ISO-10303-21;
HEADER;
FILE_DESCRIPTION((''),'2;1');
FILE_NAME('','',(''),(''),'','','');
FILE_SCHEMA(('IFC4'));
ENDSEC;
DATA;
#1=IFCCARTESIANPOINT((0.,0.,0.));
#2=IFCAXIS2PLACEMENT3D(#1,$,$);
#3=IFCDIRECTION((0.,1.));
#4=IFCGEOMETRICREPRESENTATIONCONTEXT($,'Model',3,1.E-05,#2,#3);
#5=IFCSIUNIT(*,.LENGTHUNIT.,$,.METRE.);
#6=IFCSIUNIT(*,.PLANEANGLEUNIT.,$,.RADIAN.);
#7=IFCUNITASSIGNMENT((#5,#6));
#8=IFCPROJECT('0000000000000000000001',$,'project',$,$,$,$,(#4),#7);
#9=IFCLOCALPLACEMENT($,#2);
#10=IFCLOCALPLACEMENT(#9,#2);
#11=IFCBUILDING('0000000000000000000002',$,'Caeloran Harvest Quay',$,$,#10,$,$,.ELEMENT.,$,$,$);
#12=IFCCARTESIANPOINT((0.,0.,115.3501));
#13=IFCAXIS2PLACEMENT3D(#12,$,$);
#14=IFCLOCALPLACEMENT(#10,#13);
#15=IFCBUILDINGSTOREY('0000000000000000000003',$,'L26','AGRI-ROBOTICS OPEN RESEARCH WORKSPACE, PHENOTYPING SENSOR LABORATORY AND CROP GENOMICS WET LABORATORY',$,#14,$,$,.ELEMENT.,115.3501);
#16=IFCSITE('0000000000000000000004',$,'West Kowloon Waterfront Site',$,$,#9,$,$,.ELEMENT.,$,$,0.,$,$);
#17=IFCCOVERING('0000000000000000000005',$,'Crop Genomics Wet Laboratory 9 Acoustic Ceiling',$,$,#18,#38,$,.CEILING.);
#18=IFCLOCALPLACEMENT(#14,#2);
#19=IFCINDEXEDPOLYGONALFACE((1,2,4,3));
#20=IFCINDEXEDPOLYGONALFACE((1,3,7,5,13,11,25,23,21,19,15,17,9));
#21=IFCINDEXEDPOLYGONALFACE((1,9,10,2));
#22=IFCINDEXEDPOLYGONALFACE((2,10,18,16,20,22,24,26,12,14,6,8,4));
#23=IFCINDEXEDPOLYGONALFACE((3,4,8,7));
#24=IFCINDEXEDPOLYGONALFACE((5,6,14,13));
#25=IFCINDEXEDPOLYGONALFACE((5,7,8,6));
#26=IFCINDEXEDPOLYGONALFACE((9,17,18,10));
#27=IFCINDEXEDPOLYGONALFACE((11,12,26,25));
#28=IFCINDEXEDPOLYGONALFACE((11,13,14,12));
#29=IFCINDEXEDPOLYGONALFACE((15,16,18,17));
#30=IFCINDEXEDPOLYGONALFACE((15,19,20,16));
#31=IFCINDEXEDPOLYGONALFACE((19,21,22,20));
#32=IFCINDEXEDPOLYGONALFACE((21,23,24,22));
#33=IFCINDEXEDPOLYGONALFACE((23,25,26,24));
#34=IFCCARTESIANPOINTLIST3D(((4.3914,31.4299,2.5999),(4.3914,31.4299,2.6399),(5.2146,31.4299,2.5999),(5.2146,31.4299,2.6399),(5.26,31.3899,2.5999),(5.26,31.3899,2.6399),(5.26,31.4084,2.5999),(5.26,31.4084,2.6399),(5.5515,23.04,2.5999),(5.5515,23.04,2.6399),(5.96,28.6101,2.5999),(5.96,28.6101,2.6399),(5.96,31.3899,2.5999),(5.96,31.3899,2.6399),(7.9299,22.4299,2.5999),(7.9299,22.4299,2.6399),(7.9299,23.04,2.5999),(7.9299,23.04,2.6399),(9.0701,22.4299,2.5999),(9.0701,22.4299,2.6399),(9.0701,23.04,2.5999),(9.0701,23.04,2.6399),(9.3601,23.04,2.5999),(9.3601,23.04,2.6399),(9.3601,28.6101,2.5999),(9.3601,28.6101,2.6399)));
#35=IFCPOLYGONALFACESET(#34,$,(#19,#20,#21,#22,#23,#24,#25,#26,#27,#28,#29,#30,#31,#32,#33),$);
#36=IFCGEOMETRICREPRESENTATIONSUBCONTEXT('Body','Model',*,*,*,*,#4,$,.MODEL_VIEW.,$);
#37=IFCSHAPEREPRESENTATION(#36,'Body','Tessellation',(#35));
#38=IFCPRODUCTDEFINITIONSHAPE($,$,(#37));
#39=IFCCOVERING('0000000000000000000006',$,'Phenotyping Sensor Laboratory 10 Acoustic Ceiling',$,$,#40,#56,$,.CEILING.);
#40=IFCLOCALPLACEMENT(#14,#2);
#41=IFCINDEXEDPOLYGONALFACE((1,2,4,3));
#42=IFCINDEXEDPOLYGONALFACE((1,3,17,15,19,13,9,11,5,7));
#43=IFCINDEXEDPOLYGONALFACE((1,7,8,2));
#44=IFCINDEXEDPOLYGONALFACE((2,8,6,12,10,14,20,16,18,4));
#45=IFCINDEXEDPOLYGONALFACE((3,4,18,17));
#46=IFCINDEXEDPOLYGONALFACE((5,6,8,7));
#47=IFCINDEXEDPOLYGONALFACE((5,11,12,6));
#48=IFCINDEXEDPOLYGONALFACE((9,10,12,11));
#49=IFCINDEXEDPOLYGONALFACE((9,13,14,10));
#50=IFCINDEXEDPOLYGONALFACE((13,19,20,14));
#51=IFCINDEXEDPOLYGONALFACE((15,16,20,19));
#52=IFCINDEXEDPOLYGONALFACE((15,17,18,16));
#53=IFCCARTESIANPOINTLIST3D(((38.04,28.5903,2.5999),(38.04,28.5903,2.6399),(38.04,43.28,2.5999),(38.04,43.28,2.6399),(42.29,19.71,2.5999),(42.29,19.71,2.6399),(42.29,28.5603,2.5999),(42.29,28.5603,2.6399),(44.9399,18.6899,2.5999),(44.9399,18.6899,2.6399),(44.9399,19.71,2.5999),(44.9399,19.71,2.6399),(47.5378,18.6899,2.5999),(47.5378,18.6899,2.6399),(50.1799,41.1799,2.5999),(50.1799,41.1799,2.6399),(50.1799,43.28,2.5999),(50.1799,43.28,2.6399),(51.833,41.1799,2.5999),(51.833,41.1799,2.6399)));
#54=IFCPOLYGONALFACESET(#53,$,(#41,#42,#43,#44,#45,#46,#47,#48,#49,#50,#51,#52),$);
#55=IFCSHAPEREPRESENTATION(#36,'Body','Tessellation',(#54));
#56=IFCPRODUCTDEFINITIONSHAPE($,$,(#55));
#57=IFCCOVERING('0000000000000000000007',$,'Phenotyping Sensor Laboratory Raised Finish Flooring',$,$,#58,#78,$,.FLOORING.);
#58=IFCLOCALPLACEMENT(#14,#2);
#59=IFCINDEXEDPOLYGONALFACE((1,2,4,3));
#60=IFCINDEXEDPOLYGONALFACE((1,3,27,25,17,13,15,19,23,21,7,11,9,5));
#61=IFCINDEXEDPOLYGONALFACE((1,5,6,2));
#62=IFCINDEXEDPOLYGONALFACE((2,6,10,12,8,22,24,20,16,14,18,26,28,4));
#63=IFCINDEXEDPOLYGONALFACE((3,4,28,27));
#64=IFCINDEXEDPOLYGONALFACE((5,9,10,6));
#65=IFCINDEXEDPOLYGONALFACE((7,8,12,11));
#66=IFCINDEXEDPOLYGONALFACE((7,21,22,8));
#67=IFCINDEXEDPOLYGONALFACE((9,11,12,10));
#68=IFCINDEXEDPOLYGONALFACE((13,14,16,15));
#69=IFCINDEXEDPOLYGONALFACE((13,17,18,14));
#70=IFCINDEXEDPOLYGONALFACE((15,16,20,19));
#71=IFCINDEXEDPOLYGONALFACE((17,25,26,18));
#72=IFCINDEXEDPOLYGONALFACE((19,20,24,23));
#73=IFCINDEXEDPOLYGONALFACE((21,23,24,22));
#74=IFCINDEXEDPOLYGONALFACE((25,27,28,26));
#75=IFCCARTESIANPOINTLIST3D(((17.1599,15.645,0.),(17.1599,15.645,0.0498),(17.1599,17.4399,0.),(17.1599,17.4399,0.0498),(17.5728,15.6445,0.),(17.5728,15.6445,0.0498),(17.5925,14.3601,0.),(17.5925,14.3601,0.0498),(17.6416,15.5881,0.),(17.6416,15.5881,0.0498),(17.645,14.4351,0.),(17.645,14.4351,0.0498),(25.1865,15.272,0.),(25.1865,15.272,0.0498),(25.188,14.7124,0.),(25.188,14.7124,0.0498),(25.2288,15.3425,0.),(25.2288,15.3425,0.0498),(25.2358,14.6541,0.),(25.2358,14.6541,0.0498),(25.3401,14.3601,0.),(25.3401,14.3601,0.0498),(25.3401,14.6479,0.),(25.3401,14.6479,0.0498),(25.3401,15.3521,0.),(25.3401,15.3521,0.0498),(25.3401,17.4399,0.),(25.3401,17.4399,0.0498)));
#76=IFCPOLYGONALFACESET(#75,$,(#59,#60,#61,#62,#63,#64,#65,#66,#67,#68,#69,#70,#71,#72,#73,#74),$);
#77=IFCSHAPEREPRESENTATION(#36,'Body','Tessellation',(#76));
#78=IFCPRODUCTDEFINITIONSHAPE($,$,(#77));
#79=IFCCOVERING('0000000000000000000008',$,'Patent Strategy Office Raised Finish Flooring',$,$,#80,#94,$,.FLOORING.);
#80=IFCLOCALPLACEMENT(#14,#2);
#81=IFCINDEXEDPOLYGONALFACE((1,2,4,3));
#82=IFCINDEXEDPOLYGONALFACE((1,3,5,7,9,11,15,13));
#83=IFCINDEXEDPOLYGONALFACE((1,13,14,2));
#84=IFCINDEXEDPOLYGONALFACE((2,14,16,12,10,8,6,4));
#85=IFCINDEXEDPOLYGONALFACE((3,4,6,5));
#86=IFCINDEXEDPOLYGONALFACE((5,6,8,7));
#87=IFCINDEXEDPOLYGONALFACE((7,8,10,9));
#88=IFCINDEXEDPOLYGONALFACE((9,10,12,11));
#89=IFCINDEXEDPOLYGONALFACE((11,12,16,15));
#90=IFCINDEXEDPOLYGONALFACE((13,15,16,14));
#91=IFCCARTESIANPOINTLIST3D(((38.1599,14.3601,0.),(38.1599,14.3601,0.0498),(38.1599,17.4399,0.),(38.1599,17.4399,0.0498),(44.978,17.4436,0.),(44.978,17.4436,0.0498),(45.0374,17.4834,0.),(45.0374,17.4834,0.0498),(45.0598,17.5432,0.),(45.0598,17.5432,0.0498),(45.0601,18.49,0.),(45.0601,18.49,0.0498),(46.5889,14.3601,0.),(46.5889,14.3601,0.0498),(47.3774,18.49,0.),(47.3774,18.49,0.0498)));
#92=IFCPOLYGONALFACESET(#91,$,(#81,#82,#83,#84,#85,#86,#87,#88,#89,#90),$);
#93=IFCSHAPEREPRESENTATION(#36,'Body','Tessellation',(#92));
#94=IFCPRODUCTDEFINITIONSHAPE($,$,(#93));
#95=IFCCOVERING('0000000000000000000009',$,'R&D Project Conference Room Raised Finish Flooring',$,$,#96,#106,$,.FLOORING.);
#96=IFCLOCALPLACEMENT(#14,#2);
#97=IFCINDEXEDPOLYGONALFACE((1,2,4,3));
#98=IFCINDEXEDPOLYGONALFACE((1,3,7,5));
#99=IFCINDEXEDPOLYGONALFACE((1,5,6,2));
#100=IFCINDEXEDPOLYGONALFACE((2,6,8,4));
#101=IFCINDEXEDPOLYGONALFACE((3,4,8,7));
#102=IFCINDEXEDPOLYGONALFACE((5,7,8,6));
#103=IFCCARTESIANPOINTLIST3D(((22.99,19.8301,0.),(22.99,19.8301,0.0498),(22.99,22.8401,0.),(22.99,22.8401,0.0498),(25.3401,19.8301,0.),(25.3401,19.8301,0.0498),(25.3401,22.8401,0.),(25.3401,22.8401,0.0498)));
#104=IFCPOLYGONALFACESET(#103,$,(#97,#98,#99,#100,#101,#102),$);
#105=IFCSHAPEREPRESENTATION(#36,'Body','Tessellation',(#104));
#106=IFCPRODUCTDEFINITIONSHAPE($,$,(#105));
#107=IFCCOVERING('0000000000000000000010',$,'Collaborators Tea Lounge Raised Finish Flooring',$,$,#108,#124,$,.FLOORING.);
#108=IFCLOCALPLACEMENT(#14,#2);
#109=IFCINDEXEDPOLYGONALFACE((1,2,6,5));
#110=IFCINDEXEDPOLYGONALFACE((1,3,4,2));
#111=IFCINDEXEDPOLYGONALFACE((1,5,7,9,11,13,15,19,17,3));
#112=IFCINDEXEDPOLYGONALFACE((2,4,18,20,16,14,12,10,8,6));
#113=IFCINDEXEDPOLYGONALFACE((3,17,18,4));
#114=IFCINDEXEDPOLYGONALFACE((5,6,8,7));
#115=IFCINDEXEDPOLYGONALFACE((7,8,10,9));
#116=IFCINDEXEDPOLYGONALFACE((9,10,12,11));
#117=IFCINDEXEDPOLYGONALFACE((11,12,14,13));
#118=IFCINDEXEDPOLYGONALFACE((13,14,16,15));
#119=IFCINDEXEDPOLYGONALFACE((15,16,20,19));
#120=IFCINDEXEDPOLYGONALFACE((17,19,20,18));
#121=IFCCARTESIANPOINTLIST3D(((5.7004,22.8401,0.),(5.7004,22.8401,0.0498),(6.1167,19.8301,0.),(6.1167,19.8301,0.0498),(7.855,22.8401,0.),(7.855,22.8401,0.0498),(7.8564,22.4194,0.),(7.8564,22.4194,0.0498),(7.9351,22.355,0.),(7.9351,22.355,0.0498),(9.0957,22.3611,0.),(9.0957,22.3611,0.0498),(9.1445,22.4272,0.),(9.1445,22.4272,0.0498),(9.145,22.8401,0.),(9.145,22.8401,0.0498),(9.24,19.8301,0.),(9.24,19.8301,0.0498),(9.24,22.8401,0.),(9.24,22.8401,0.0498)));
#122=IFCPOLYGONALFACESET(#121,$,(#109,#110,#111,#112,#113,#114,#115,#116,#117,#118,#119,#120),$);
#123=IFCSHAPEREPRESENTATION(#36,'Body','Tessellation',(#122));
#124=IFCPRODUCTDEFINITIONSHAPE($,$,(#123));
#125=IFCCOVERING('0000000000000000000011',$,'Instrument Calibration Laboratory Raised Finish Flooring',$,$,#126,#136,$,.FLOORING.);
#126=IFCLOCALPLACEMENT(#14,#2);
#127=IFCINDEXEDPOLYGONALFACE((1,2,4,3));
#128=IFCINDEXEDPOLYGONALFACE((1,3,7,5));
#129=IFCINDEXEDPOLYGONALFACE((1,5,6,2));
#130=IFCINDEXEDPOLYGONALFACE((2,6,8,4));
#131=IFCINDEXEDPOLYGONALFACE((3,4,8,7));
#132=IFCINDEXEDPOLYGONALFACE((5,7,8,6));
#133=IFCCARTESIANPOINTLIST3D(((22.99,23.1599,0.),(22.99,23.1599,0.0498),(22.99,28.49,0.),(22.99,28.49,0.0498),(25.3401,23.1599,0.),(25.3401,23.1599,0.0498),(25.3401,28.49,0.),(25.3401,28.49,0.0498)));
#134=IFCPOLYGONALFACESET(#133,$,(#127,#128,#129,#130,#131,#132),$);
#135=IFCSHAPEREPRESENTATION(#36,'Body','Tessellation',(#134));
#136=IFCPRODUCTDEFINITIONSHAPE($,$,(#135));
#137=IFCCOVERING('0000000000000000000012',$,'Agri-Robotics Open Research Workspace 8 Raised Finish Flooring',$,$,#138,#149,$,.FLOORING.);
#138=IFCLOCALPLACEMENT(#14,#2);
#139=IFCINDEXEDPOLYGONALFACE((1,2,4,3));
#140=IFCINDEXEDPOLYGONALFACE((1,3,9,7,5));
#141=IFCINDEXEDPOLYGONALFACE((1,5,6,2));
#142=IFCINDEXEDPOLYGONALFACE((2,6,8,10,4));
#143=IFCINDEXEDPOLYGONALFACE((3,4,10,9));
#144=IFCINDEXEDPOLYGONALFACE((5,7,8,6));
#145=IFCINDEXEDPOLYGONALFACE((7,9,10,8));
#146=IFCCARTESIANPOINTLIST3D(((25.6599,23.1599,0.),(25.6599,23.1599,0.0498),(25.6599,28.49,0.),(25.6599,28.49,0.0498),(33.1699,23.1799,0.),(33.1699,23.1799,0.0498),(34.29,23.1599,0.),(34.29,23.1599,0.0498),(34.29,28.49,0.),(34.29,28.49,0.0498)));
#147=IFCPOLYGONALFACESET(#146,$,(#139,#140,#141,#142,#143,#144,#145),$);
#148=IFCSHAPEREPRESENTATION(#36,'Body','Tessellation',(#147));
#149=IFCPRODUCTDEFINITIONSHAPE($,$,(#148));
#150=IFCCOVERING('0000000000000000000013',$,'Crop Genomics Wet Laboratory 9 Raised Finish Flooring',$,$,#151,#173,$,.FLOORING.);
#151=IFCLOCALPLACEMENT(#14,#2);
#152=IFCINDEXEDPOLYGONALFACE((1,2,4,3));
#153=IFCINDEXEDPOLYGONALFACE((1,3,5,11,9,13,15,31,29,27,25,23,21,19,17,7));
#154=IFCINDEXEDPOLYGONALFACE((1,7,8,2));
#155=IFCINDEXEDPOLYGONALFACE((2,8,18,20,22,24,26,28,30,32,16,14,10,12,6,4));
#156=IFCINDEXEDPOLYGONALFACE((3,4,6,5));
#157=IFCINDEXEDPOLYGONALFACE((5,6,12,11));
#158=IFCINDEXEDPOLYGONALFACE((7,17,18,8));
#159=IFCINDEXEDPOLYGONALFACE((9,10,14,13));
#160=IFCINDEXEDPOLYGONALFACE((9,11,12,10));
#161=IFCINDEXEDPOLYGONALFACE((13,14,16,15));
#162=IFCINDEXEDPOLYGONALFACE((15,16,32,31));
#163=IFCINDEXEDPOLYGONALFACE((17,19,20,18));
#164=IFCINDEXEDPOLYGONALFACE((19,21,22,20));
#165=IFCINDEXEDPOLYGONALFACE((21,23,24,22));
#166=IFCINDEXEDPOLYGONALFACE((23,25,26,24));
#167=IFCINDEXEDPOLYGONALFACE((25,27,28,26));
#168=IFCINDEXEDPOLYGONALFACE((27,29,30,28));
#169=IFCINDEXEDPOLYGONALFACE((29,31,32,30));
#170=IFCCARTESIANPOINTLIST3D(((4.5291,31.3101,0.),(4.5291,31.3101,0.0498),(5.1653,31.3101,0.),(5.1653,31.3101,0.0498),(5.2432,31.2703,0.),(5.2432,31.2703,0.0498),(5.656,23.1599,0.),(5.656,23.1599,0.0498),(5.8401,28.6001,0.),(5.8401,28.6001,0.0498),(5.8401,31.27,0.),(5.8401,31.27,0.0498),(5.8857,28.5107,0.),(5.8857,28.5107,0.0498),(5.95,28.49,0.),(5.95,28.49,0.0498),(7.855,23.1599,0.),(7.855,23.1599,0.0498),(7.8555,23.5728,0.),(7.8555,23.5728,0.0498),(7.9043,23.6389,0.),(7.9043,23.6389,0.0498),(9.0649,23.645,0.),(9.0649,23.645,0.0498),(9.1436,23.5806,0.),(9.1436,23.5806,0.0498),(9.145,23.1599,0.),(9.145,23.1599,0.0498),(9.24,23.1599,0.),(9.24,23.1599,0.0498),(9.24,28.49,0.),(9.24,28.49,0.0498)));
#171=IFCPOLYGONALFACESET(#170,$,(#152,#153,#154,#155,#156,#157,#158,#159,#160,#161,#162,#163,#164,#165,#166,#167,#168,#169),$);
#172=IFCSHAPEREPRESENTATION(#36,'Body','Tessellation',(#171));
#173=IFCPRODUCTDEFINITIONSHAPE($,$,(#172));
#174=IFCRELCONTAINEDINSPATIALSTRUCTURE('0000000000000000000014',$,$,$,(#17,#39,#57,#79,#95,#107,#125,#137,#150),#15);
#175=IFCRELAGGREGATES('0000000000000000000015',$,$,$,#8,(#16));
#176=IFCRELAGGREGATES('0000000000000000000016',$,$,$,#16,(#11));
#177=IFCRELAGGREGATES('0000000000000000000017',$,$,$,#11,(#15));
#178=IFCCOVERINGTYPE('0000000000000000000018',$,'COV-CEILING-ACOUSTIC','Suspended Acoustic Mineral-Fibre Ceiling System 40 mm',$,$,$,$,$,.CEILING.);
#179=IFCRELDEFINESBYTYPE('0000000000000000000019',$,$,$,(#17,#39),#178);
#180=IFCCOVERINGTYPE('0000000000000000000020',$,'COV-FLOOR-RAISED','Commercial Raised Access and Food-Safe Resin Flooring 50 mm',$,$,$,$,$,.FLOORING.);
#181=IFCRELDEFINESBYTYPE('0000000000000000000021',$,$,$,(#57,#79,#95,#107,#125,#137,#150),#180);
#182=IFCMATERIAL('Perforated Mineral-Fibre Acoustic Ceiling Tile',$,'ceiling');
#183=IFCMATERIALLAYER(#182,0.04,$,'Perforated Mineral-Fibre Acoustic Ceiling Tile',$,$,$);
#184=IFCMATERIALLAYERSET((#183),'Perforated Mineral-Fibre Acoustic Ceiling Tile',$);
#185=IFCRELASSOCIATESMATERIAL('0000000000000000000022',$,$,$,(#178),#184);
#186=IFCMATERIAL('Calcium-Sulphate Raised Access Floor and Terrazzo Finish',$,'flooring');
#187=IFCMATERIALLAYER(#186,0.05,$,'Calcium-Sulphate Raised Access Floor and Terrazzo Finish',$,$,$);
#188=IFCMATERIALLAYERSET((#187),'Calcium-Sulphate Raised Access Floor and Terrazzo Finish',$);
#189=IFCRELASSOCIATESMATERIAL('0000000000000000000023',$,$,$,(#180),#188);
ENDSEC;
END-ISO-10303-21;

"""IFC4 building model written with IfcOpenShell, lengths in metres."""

from ifc_helpers import new_model, si_unit, direction, frame, origin, place, context, subcontext, project, spatial, polyline, outline, extrude, material, layer, layer_set, type_object, element, save


model = new_model("IFC4")

# Units and contexts
model_context = context("Model", 3, precision=1e-05, world=origin(), true_north=direction((0.0, 1.0)))
body_context = subcontext(model_context, "Body", "Model", "MODEL_VIEW")
ifc_project = project(units=[si_unit("LENGTHUNIT", "METRE"), si_unit("PLANEANGLEUNIT", "RADIAN")], contexts=[model_context])

# Site, building, storey
site_placement = place(None, origin())
site = spatial("IfcSite", under=ifc_project, at=site_placement, Name="West Kowloon Waterfront Site", CompositionType="ELEMENT", RefElevation=0.0)
building_placement = place(site_placement, origin())
building = spatial("IfcBuilding", under=site, at=building_placement, Name="Caeloran Harvest Quay", CompositionType="ELEMENT")
storey_placement = place(building_placement, frame((0.0, 0.0, 115.3501)))
storey = spatial("IfcBuildingStorey", under=building, at=storey_placement, Name="L26", Description="AGRI-ROBOTICS OPEN RESEARCH WORKSPACE, PHENOTYPING SENSOR LABORATORY AND CROP GENOMICS WET LABORATORY", CompositionType="ELEMENT", Elevation=115.3501)

# Coverings
ifc_material_1 = material(Name="Perforated Mineral-Fibre Acoustic Ceiling Tile", Category="ceiling")
ifc_layer_1 = layer(ifc_material_1, 0.04, Name="Perforated Mineral-Fibre Acoustic Ceiling Tile")
ifc_layer_set_1 = layer_set([ifc_layer_1], Name="Perforated Mineral-Fibre Acoustic Ceiling Tile")
covering_type_1 = type_object("IfcCoveringType", Name="COV-CEILING-ACOUSTIC", Description="Suspended Acoustic Mineral-Fibre Ceiling System 40 mm", PredefinedType="CEILING", material=ifc_layer_set_1)
covering_1_placement = place(storey_placement, frame((0.0, 0.0, 2.5999)))
element("IfcCovering", 1, at=covering_1_placement, inside=storey, type_object=covering_type_1, Name="Crop Genomics Wet Laboratory 9 Acoustic Ceiling", PredefinedType="CEILING", context=body_context, shape_type="SweptSolid", body=[
    extrude(outline(polyline([(9.0701, 22.4299), (7.9299, 22.4299), (7.9299, 23.04), (5.5515, 23.04), (4.3914, 31.4299), (5.2146, 31.4299), (5.26, 31.4084), (5.26, 31.3899), (5.96, 31.3899), (5.96, 28.6101), (9.3601, 28.6101), (9.3601, 23.04), (9.0701, 23.04), (9.0701, 22.4299)])), origin(), (0.0, 0.0, 1.0), 0.04),
])
covering_2_placement = place(storey_placement, frame((0.0, 0.0, 2.5999)))
element("IfcCovering", 2, at=covering_2_placement, inside=storey, type_object=covering_type_1, Name="Phenotyping Sensor Laboratory 10 Acoustic Ceiling", PredefinedType="CEILING", context=body_context, shape_type="SweptSolid", body=[
    extrude(outline(polyline([(50.1799, 41.1799), (51.833, 41.1799), (47.5378, 18.6899), (44.9399, 18.6899), (44.9399, 19.71), (42.29, 19.71), (42.29, 28.5603), (38.04, 28.5903), (38.04, 43.28), (50.1799, 43.28), (50.1799, 41.1799)])), origin(), (0.0, 0.0, 1.0), 0.04),
])
ifc_material_2 = material(Name="Calcium-Sulphate Raised Access Floor and Terrazzo Finish", Category="flooring")
ifc_layer_2 = layer(ifc_material_2, 0.05, Name="Calcium-Sulphate Raised Access Floor and Terrazzo Finish")
ifc_layer_set_2 = layer_set([ifc_layer_2], Name="Calcium-Sulphate Raised Access Floor and Terrazzo Finish")
covering_type_2 = type_object("IfcCoveringType", Name="COV-FLOOR-RAISED", Description="Commercial Raised Access and Food-Safe Resin Flooring 50 mm", PredefinedType="FLOORING", material=ifc_layer_set_2)
covering_3_placement = place(storey_placement, origin())
element("IfcCovering", 3, at=covering_3_placement, inside=storey, type_object=covering_type_2, Name="Phenotyping Sensor Laboratory Raised Finish Flooring", PredefinedType="FLOORING", context=body_context, shape_type="SweptSolid", body=[
    extrude(outline(polyline([(17.5925, 14.3601), (17.645, 14.4351), (17.6416, 15.5881), (17.5728, 15.6445), (17.1599, 15.645), (17.1599, 17.4399), (25.3401, 17.4399), (25.3401, 15.3521), (25.2288, 15.3425), (25.1865, 15.272), (25.188, 14.7124), (25.2358, 14.6541), (25.3401, 14.6479), (25.3401, 14.3601), (17.5925, 14.3601)])), origin(), (0.0, 0.0, 1.0), 0.0498),
])
covering_4_placement = place(storey_placement, origin())
element("IfcCovering", 4, at=covering_4_placement, inside=storey, type_object=covering_type_2, Name="Patent Strategy Office Raised Finish Flooring", PredefinedType="FLOORING", context=body_context, shape_type="SweptSolid", body=[
    extrude(outline(polyline([(44.978, 17.4436), (45.0374, 17.4834), (45.0598, 17.5432), (45.0601, 18.49), (47.3774, 18.49), (46.5889, 14.3601), (38.1599, 14.3601), (38.1599, 17.4399), (44.978, 17.4436)])), origin(), (0.0, 0.0, 1.0), 0.0498),
])
covering_5_placement = place(storey_placement, origin())
element("IfcCovering", 5, at=covering_5_placement, inside=storey, type_object=covering_type_2, Name="R&D Project Conference Room Raised Finish Flooring", PredefinedType="FLOORING", context=body_context, shape_type="SweptSolid", body=[
    extrude(outline(polyline([(25.3401, 19.8301), (22.99, 19.8301), (22.99, 22.8401), (25.3401, 22.8401), (25.3401, 19.8301)])), origin(), (0.0, 0.0, 1.0), 0.0498),
])
covering_6_placement = place(storey_placement, origin())
element("IfcCovering", 6, at=covering_6_placement, inside=storey, type_object=covering_type_2, Name="Collaborators Tea Lounge Raised Finish Flooring", PredefinedType="FLOORING", context=body_context, shape_type="SweptSolid", body=[
    extrude(outline(polyline([(7.855, 22.8401), (7.8564, 22.4194), (7.9351, 22.355), (9.0957, 22.3611), (9.1445, 22.4272), (9.145, 22.8401), (9.24, 22.8401), (9.24, 19.8301), (6.1167, 19.8301), (5.7004, 22.8401), (7.855, 22.8401)])), origin(), (0.0, 0.0, 1.0), 0.0498),
])
covering_7_placement = place(storey_placement, origin())
element("IfcCovering", 7, at=covering_7_placement, inside=storey, type_object=covering_type_2, Name="Instrument Calibration Laboratory Raised Finish Flooring", PredefinedType="FLOORING", context=body_context, shape_type="SweptSolid", body=[
    extrude(outline(polyline([(22.99, 28.49), (25.3401, 28.49), (25.3401, 23.1599), (22.99, 23.1599), (22.99, 28.49)])), origin(), (0.0, 0.0, 1.0), 0.0498),
])
covering_8_placement = place(storey_placement, origin())
element("IfcCovering", 8, at=covering_8_placement, inside=storey, type_object=covering_type_2, Name="Agri-Robotics Open Research Workspace 8 Raised Finish Flooring", PredefinedType="FLOORING", context=body_context, shape_type="SweptSolid", body=[
    extrude(outline(polyline([(33.1699, 23.1799), (25.6599, 23.1599), (25.6599, 28.49), (34.29, 28.49), (34.29, 23.1599), (33.1699, 23.1799)])), origin(), (0.0, 0.0, 1.0), 0.0498),
])
covering_9_placement = place(storey_placement, origin())
element("IfcCovering", 9, at=covering_9_placement, inside=storey, type_object=covering_type_2, Name="Crop Genomics Wet Laboratory 9 Raised Finish Flooring", PredefinedType="FLOORING", context=body_context, shape_type="SweptSolid", body=[
    extrude(outline(polyline([(5.1653, 31.3101), (5.2432, 31.2703), (5.8401, 31.27), (5.8401, 28.6001), (5.8857, 28.5107), (5.95, 28.49), (9.24, 28.49), (9.24, 23.1599), (9.145, 23.1599), (9.1436, 23.5806), (9.0649, 23.645), (7.9043, 23.6389), (7.8555, 23.5728), (7.855, 23.1599), (5.656, 23.1599), (4.5291, 31.3101), (5.1653, 31.3101)])), origin(), (0.0, 0.0, 1.0), 0.0498),
])

save(model, "model.ifc")
